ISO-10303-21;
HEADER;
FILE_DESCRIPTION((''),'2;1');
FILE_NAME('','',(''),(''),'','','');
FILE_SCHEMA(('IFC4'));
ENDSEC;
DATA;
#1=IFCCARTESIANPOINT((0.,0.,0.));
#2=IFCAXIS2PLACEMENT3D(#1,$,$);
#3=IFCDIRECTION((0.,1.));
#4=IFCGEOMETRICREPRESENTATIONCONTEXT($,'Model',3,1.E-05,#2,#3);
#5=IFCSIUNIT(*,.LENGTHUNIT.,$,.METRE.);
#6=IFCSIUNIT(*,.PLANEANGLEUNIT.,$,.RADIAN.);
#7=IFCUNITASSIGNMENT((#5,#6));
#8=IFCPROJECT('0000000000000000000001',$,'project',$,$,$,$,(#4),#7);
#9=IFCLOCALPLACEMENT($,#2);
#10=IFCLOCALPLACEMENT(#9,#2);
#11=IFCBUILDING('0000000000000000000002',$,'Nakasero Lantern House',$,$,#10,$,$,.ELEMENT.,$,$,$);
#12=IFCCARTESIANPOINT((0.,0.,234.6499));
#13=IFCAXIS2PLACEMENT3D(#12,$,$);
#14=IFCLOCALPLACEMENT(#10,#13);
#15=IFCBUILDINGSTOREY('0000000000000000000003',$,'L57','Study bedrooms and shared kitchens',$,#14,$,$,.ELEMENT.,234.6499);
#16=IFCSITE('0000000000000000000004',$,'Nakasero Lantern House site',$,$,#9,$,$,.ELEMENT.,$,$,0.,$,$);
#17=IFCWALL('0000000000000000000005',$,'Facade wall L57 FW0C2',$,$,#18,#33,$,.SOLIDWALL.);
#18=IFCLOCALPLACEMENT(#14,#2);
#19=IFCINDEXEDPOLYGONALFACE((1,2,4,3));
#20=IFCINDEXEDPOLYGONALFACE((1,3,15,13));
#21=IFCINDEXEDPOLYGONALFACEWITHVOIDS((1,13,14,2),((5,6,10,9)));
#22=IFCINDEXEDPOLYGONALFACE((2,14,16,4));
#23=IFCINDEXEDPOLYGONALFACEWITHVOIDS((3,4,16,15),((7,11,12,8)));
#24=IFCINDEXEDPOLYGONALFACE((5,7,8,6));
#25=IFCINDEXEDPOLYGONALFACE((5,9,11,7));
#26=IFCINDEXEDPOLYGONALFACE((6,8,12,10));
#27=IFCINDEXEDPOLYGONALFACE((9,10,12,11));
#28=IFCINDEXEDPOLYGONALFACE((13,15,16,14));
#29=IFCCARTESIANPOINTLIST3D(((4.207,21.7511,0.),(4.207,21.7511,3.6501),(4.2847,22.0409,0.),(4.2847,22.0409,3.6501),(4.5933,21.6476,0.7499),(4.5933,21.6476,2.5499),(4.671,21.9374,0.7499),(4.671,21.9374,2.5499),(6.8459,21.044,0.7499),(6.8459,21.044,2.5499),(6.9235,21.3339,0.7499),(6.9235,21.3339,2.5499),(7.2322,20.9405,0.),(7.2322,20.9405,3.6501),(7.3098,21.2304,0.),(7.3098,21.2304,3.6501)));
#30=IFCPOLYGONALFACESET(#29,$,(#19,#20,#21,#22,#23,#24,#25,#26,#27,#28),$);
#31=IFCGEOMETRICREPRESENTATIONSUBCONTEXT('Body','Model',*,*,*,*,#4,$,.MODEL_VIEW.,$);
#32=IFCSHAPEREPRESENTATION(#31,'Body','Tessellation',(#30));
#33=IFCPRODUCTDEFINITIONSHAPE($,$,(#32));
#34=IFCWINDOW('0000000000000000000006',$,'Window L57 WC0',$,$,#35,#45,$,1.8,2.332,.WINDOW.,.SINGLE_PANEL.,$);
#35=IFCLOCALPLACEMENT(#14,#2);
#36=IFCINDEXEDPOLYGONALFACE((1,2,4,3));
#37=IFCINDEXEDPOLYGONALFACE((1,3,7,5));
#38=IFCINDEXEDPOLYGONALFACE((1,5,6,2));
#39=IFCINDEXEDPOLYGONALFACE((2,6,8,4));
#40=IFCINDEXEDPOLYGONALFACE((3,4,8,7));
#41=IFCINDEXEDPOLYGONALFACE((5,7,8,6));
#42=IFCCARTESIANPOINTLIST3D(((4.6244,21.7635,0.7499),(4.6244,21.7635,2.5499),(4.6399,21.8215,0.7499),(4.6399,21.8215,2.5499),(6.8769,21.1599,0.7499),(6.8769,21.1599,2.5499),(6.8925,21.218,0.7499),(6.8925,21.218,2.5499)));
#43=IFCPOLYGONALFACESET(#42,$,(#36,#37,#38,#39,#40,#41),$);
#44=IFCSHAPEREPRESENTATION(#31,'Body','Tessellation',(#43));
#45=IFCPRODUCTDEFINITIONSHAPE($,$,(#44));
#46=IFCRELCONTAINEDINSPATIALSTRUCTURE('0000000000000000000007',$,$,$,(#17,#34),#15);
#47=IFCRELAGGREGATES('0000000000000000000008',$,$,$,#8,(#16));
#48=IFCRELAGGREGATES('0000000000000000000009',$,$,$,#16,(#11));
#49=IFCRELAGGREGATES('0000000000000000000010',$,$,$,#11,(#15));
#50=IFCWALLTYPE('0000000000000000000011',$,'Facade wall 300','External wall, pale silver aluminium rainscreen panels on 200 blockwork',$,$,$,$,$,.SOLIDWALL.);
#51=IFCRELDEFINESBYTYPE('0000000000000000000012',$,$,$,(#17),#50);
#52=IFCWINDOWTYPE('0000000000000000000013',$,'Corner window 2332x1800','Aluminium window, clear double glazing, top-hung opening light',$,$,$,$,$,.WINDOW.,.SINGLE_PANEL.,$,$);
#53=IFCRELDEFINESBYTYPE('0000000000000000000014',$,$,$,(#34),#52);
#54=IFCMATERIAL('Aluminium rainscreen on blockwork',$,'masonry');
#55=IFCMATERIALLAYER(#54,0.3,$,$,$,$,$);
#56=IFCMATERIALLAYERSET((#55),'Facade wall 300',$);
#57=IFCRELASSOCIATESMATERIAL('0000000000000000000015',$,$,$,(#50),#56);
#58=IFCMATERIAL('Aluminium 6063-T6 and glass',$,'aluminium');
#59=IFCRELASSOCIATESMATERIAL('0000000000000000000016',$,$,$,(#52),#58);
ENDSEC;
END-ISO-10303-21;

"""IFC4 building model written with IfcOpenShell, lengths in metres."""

from ifc_helpers import new_model, si_unit, direction, frame, frame_2d, origin, place, context, subcontext, project, spatial, rectangle, extrude, material, layer, layer_set, type_object, element, fill, save


model = new_model("IFC4")

# Units and contexts
model_context = context("Model", 3, precision=1e-05, world=origin(), true_north=direction((0.0, 1.0)))
body_context = subcontext(model_context, "Body", "Model", "MODEL_VIEW")
ifc_project = project(units=[si_unit("LENGTHUNIT", "METRE"), si_unit("PLANEANGLEUNIT", "RADIAN")], contexts=[model_context])

# Site, building, storey
site_placement = place(None, origin())
site = spatial("IfcSite", under=ifc_project, at=site_placement, Name="Nakasero Lantern House site", CompositionType="ELEMENT", RefElevation=0.0)
building_placement = place(site_placement, origin())
building = spatial("IfcBuilding", under=site, at=building_placement, Name="Nakasero Lantern House", CompositionType="ELEMENT")
storey_placement = place(building_placement, frame((0.0, 0.0, 234.6499)))
storey = spatial("IfcBuildingStorey", under=building, at=storey_placement, Name="L57", Description="Study bedrooms and shared kitchens", CompositionType="ELEMENT", Elevation=234.6499)

# Shared definitions
ifc_material_1 = material(Name="Aluminium rainscreen on blockwork", Category="masonry")
ifc_layer_1 = layer(ifc_material_1, 0.3)
ifc_layer_set_1 = layer_set([ifc_layer_1], Name="Facade wall 300")
wall_type_1 = type_object("IfcWallType", Name="Facade wall 300", Description="External wall, pale silver aluminium rainscreen panels on 200 blockwork", PredefinedType="SOLIDWALL", material=ifc_layer_set_1)

# Wall, opening, window
wall_1_placement = place(storey_placement, frame((7.271, 21.0854, 0.0), z_axis=(0.0, 0.0, 1.0), x_axis=(-0.965929, 0.258808, 0.0)))
wall_1 = element("IfcWall", 1, at=wall_1_placement, inside=storey, type_object=wall_type_1, Name="Facade wall L57 FW0C2", PredefinedType="SOLIDWALL", context=body_context, shape_type="SweptSolid", body=[
    extrude(rectangle(XDim=3.1318, YDim=0.3, at=frame_2d((1.5659, 0.0))), origin(), (0.0, 0.0, 1.0), 3.6501),
])
opening_1_placement = place(wall_1_placement, frame((0.3999, 0.0, 0.75)))
opening_1 = element("IfcOpeningElement", 2, at=opening_1_placement, cuts=wall_1, PredefinedType="OPENING", context=body_context, shape_type="SweptSolid", body=[
    extrude(rectangle(XDim=2.332, YDim=1.8, at=frame_2d((1.166, 0.8999))), frame((0.0, 0.1699, 0.0), z_axis=(0.0, -1.0, 0.0), x_axis=(1.0, 0.0, 0.0)), (0.0, 0.0, 1.0), 0.3401),
])
ifc_material_2 = material(Name="Aluminium 6063-T6 and glass", Category="aluminium")
window_type = type_object("IfcWindowType", Name="Corner window 2332x1800", Description="Aluminium window, clear double glazing, top-hung opening light", PartitioningType="SINGLE_PANEL", PredefinedType="WINDOW", material=ifc_material_2)
window_placement = place(opening_1_placement, origin())
window = element("IfcWindow", 3, at=window_placement, inside=storey, type_object=window_type, Name="Window L57 WC0", OverallHeight=1.8, OverallWidth=2.332, PartitioningType="SINGLE_PANEL", PredefinedType="WINDOW", context=body_context, shape_type="SweptSolid", body=[
    extrude(rectangle(XDim=2.332, YDim=1.8, at=frame_2d((1.166, 0.8999))), frame((0.0, 0.03, 0.0), z_axis=(0.0, -1.0, 0.0), x_axis=(1.0, 0.0, 0.0)), (0.0, 0.0, 1.0), 0.0601),
])
fill(opening_1, window)

save(model, "model.ifc")
